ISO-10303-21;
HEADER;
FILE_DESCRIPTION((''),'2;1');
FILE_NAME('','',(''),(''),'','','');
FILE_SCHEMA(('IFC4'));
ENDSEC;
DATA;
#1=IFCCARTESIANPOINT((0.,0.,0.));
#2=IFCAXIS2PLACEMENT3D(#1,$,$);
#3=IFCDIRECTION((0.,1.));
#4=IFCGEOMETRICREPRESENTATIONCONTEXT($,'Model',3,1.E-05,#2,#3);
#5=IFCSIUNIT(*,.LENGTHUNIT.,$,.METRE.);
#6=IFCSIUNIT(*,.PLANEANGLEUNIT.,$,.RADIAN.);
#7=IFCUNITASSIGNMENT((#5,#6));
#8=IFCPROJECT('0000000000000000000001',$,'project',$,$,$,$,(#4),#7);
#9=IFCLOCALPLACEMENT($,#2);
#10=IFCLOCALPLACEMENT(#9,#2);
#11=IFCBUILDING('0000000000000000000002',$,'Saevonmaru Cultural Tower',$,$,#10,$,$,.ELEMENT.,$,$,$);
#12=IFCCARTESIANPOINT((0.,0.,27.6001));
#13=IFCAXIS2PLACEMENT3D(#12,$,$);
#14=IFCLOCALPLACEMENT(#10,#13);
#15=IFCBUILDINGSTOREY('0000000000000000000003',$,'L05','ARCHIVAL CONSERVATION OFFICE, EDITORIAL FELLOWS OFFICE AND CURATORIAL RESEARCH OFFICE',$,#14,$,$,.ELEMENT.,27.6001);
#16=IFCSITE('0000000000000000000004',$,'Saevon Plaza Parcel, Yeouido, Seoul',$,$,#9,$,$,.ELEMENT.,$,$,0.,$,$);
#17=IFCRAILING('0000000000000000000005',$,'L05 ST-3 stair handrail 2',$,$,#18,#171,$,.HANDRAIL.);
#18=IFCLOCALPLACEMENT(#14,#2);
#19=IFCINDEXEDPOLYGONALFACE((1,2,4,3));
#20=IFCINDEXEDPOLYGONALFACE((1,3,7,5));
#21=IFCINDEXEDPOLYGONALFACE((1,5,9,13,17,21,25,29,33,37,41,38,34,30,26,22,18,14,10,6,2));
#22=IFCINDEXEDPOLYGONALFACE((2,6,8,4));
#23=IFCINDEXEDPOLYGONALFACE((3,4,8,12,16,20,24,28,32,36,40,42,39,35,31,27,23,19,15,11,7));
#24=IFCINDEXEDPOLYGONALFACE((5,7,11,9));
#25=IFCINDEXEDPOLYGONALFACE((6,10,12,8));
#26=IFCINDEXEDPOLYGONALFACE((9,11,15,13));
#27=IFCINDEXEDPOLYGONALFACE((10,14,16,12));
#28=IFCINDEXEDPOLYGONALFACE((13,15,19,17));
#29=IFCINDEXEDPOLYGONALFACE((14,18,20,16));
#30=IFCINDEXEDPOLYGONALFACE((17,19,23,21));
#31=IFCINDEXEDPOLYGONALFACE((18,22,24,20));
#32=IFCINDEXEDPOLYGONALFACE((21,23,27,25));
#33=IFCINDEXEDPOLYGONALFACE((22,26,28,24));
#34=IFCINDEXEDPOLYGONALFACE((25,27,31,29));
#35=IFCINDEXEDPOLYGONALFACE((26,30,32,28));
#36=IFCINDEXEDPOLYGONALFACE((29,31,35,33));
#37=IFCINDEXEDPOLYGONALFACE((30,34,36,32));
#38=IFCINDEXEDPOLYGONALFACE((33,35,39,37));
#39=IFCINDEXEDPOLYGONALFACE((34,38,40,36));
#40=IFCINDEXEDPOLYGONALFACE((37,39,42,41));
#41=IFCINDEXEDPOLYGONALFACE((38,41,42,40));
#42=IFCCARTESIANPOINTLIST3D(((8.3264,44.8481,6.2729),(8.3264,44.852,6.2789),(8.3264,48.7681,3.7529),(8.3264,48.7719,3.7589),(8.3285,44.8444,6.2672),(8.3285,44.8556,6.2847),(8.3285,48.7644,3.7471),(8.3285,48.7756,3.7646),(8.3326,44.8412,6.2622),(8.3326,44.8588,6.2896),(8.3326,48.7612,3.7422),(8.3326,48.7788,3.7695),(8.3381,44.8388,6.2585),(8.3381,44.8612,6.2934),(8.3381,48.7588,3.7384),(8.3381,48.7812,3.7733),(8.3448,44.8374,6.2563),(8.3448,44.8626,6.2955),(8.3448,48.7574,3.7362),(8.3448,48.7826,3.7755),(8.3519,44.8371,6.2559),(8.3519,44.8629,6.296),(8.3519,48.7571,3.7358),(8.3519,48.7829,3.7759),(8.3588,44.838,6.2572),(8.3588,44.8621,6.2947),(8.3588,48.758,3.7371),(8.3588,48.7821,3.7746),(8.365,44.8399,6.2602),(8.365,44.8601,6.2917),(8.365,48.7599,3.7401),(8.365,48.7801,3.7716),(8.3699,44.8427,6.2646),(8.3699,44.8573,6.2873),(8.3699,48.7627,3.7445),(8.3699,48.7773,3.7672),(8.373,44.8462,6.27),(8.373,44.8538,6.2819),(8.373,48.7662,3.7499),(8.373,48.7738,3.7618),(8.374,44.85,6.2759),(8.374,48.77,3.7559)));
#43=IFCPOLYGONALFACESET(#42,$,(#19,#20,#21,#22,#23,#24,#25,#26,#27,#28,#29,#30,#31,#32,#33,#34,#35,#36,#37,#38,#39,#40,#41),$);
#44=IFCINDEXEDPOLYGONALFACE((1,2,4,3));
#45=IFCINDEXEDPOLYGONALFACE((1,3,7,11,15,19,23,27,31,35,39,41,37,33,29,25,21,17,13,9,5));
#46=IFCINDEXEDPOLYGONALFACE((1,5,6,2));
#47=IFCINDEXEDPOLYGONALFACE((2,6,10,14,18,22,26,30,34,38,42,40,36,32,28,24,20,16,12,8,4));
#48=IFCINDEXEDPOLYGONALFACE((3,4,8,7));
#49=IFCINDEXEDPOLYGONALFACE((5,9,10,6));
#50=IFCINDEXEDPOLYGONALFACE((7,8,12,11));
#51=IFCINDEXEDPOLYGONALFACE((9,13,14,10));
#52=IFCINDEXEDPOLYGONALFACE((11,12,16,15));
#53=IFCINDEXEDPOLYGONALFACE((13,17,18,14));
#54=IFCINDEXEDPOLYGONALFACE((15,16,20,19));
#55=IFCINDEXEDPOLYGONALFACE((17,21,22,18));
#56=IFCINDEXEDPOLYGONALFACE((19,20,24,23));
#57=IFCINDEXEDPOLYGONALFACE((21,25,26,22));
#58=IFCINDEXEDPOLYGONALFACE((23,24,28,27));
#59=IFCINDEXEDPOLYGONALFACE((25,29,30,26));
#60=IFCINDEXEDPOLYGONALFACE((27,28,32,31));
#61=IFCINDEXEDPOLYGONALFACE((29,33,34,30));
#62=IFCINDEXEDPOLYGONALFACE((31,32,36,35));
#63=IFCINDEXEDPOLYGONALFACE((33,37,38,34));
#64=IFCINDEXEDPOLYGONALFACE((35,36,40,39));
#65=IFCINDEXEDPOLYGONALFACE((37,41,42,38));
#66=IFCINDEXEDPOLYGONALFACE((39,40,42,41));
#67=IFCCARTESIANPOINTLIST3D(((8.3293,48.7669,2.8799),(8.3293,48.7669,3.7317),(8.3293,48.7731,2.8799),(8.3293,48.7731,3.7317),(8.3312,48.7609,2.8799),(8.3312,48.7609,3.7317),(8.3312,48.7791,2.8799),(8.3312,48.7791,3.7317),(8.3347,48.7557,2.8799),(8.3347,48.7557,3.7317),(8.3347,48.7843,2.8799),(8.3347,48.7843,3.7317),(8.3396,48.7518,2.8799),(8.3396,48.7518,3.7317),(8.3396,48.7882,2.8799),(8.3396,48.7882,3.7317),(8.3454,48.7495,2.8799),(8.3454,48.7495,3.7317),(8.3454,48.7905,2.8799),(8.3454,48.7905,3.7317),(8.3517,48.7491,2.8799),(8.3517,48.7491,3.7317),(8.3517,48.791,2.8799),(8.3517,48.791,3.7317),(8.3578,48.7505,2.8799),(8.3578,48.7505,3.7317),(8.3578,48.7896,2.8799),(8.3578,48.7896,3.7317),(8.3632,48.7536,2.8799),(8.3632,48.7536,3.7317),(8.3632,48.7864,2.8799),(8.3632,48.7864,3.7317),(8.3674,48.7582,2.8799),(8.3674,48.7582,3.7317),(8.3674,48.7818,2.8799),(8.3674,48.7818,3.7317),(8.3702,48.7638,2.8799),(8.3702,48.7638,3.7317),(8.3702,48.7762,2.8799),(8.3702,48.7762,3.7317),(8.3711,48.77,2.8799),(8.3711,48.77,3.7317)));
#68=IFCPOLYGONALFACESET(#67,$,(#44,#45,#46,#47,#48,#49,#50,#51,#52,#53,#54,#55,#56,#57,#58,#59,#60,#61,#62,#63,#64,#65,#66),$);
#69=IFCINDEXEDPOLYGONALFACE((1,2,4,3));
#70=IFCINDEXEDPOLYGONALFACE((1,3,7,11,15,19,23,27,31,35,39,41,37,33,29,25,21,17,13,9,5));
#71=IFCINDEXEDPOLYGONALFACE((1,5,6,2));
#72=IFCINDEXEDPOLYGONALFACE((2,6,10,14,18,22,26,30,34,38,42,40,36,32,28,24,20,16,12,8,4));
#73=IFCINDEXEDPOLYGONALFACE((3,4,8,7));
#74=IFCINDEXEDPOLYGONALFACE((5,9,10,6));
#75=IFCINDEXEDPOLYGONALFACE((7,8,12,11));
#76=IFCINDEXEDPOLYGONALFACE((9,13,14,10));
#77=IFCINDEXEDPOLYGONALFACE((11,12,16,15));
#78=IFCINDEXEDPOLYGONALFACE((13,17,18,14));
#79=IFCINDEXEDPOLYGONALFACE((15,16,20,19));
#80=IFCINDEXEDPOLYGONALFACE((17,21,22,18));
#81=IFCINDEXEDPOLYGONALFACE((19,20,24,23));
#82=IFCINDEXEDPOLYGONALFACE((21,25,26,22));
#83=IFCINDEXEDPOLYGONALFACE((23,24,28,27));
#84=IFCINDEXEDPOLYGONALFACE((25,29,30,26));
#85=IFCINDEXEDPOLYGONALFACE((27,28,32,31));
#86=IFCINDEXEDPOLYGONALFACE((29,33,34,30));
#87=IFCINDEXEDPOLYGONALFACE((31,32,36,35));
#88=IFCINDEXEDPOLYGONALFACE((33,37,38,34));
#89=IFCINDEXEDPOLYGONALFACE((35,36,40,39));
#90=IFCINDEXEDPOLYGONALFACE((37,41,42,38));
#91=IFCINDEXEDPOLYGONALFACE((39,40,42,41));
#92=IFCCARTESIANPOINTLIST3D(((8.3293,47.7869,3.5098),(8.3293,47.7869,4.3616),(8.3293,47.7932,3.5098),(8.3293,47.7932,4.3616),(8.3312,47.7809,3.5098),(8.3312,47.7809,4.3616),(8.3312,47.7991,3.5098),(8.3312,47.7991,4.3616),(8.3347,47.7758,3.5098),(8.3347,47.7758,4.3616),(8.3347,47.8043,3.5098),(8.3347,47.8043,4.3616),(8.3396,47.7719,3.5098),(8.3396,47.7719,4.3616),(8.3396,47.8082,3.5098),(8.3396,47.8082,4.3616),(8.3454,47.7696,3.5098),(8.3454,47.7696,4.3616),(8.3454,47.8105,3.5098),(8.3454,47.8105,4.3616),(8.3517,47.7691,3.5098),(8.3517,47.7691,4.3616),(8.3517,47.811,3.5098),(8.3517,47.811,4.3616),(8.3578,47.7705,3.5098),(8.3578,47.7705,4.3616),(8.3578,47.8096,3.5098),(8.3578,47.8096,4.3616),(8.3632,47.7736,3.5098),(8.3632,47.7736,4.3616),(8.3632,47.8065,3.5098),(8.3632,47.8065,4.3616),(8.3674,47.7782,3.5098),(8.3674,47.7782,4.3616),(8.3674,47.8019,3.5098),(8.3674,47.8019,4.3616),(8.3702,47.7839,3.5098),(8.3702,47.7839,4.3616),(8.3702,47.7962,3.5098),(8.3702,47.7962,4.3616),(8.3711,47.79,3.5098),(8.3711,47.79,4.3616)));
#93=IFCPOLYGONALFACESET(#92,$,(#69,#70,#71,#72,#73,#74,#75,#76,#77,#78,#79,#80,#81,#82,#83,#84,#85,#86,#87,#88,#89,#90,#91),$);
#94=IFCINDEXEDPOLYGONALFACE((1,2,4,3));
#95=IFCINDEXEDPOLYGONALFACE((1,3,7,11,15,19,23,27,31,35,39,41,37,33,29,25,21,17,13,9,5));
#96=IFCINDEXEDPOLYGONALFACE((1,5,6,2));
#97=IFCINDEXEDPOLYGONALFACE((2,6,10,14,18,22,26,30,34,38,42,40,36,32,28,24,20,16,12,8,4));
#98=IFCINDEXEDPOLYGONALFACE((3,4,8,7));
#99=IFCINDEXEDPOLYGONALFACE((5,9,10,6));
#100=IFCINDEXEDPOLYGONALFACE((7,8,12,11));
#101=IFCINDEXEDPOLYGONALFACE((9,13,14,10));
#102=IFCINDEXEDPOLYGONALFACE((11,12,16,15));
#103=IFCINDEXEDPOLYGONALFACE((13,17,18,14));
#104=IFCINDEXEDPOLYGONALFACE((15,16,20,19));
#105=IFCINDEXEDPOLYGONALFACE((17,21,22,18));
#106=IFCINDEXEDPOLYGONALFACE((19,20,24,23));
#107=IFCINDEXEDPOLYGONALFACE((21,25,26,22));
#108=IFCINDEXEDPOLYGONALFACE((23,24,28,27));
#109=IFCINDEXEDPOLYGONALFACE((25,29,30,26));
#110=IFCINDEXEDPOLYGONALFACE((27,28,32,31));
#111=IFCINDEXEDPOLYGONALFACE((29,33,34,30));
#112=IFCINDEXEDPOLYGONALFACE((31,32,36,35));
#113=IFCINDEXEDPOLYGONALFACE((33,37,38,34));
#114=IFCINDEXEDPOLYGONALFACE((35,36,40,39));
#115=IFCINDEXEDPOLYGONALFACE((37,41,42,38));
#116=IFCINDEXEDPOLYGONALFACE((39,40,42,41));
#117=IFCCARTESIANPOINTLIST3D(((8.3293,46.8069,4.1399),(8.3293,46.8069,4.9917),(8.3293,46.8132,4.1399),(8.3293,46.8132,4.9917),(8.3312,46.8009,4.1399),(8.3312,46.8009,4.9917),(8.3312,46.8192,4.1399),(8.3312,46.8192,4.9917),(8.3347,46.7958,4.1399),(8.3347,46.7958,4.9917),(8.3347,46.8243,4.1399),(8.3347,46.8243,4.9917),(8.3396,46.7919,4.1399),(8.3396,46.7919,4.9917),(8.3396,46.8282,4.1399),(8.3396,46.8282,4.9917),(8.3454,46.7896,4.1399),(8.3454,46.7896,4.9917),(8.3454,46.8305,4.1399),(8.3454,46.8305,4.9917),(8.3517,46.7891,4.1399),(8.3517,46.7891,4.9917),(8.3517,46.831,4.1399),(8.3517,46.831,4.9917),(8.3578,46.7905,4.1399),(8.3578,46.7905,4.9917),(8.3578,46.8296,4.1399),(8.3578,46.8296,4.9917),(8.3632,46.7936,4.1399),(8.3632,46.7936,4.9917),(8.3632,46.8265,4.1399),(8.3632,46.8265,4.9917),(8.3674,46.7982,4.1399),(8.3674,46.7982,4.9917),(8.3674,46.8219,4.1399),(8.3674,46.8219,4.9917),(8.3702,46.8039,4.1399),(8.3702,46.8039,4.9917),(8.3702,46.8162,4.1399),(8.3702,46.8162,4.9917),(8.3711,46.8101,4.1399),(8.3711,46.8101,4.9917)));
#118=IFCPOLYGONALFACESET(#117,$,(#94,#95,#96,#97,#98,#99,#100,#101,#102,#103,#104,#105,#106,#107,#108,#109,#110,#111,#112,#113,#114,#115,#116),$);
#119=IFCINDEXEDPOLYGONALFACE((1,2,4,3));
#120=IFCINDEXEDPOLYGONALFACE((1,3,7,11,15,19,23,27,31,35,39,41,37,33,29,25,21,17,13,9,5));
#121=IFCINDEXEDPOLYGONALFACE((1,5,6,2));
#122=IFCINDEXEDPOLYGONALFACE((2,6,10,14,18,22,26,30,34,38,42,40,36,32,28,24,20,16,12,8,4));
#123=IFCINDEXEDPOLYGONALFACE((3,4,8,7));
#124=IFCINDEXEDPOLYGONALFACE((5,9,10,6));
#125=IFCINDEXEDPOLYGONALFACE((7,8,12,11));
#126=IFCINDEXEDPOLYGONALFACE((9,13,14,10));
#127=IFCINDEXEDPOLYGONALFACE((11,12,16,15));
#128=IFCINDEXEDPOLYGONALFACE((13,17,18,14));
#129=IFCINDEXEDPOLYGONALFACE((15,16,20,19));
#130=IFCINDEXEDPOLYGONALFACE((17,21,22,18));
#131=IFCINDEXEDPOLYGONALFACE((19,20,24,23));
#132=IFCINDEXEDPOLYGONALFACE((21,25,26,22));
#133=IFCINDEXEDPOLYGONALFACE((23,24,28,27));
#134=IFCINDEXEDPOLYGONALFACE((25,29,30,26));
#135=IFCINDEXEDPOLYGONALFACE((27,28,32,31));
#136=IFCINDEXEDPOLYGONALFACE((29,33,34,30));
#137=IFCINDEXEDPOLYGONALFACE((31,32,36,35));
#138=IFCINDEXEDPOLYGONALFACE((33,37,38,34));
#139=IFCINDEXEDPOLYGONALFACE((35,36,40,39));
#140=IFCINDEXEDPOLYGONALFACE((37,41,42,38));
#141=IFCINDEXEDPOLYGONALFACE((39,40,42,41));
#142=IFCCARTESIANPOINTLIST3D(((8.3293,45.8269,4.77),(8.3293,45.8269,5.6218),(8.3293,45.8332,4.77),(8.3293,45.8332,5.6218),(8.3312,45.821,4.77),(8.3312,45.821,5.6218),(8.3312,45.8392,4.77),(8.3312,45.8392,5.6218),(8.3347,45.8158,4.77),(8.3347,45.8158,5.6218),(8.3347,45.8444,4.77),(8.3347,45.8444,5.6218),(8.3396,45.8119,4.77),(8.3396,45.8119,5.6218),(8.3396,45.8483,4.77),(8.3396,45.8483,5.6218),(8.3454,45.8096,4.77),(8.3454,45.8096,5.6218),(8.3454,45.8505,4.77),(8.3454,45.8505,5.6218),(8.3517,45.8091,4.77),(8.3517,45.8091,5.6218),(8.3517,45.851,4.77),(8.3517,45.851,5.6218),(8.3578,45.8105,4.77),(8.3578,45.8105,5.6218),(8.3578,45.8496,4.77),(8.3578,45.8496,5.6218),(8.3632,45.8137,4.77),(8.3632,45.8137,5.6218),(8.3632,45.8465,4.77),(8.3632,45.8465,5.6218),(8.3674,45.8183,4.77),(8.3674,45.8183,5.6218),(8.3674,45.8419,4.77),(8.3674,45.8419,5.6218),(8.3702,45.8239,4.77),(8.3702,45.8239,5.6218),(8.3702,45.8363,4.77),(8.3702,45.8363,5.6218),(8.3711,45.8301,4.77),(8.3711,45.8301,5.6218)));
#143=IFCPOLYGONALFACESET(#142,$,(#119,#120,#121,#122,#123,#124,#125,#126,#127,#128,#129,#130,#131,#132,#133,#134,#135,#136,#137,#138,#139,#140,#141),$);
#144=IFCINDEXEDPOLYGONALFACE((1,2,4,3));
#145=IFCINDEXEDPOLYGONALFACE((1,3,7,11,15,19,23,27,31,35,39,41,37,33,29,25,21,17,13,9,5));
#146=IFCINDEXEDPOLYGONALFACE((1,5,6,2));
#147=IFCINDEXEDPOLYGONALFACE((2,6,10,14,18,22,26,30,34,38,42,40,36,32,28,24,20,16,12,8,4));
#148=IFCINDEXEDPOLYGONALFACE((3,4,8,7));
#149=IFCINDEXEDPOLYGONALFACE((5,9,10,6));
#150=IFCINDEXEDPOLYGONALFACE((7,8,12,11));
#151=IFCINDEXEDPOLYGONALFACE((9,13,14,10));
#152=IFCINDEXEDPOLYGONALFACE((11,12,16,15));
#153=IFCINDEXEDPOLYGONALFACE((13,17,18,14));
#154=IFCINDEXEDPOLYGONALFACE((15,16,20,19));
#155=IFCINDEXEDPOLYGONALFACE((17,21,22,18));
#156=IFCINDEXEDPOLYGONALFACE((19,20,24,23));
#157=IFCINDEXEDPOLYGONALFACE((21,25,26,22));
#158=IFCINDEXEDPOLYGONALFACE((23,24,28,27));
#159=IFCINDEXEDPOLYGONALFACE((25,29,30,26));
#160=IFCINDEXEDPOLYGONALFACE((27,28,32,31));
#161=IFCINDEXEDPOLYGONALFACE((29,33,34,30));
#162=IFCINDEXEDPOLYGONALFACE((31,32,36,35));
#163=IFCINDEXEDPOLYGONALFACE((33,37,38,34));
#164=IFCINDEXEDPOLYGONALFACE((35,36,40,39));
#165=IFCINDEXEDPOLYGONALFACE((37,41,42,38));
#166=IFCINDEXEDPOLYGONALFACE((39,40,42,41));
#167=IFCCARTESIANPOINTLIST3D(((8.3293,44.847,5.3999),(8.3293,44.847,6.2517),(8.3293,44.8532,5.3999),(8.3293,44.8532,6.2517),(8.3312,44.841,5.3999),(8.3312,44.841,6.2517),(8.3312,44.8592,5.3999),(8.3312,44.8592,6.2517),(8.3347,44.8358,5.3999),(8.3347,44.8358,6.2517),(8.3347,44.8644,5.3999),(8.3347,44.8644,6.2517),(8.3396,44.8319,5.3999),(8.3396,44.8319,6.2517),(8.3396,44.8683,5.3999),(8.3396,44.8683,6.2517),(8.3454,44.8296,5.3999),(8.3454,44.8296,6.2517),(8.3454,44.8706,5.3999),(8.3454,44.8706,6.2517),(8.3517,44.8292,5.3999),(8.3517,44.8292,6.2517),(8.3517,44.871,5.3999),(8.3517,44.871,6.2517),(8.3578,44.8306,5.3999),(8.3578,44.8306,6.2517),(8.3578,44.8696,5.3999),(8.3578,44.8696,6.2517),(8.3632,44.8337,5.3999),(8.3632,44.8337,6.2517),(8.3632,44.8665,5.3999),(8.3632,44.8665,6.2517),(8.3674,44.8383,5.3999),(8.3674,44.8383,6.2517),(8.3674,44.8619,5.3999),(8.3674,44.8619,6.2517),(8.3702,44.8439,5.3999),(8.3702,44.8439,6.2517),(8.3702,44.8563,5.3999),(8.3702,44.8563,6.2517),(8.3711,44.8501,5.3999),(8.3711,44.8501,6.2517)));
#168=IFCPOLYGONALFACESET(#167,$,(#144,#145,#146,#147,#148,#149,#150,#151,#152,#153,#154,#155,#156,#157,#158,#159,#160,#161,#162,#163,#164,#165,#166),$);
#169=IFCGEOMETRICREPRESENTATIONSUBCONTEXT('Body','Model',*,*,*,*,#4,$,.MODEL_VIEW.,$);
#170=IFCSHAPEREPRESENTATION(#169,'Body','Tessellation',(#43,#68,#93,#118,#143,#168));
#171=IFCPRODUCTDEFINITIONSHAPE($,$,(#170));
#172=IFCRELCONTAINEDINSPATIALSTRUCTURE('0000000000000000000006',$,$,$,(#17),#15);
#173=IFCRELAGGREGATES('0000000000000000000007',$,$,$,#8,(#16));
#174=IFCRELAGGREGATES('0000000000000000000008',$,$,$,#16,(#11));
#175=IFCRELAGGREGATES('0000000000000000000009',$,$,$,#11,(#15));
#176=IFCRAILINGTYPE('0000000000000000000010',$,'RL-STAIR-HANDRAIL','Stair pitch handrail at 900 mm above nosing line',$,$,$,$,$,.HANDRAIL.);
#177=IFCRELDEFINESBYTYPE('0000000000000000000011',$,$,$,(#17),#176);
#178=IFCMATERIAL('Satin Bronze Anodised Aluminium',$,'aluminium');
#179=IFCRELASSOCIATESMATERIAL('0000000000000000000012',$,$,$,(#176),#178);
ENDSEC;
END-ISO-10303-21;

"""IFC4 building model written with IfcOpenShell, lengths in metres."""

from ifc_helpers import new_model, si_unit, direction, frame, origin, origin_2d, place, context, subcontext, project, spatial, circle, extrude, material, type_object, element, save


model = new_model("IFC4")

# Units and contexts
model_context = context("Model", 3, precision=1e-05, world=origin(), true_north=direction((0.0, 1.0)))
body_context = subcontext(model_context, "Body", "Model", "MODEL_VIEW")
ifc_project = project(units=[si_unit("LENGTHUNIT", "METRE"), si_unit("PLANEANGLEUNIT", "RADIAN")], contexts=[model_context])

# Site, building, storey
site_placement = place(None, origin())
site = spatial("IfcSite", under=ifc_project, at=site_placement, Name="Saevon Plaza Parcel, Yeouido, Seoul", CompositionType="ELEMENT", RefElevation=0.0)
building_placement = place(site_placement, origin())
building = spatial("IfcBuilding", under=site, at=building_placement, Name="Saevonmaru Cultural Tower", CompositionType="ELEMENT")
storey_placement = place(building_placement, frame((0.0, 0.0, 27.6001)))
storey = spatial("IfcBuildingStorey", under=building, at=storey_placement, Name="L05", Description="ARCHIVAL CONSERVATION OFFICE, EDITORIAL FELLOWS OFFICE AND CURATORIAL RESEARCH OFFICE", CompositionType="ELEMENT", Elevation=27.6001)

# Shared definitions
ifc_material_1 = material(Name="Satin Bronze Anodised Aluminium", Category="aluminium")

# Railing
railing_type_1 = type_object("IfcRailingType", Name="RL-STAIR-HANDRAIL", Description="Stair pitch handrail at 900 mm above nosing line", PredefinedType="HANDRAIL", material=ifc_material_1)
railing_1_placement = place(storey_placement, frame((8.3501, 48.77, 2.8799)))
element("IfcRailing", 1, at=railing_1_placement, inside=storey, type_object=railing_type_1, Name="L05 ST-3 stair handrail 2", PredefinedType="HANDRAIL", context=body_context, shape_type="SweptSolid", body=[
    extrude(circle(Radius=0.0239, at=origin_2d()), frame((0.0, 0.0, 0.876), z_axis=(0.0, -0.841172, 0.540768), x_axis=(1.0, 0.0, 0.0)), (0.0, 0.0, 1.0), 4.6602),
    extrude(circle(Radius=0.021, at=origin_2d()), origin(), (0.0, 0.0, 1.0), 0.8518),
    extrude(circle(Radius=0.021, at=origin_2d()), frame((0.0, -0.98, 0.6299)), (0.0, 0.0, 1.0), 0.8518),
    extrude(circle(Radius=0.021, at=origin_2d()), frame((0.0, -1.96, 1.26)), (0.0, 0.0, 1.0), 0.8518),
    extrude(circle(Radius=0.021, at=origin_2d()), frame((0.0, -2.9399, 1.8901)), (0.0, 0.0, 1.0), 0.8518),
    extrude(circle(Radius=0.021, at=origin_2d()), frame((0.0, -3.9199, 2.52)), (0.0, 0.0, 1.0), 0.8518),
])

save(model, "model.ifc")
